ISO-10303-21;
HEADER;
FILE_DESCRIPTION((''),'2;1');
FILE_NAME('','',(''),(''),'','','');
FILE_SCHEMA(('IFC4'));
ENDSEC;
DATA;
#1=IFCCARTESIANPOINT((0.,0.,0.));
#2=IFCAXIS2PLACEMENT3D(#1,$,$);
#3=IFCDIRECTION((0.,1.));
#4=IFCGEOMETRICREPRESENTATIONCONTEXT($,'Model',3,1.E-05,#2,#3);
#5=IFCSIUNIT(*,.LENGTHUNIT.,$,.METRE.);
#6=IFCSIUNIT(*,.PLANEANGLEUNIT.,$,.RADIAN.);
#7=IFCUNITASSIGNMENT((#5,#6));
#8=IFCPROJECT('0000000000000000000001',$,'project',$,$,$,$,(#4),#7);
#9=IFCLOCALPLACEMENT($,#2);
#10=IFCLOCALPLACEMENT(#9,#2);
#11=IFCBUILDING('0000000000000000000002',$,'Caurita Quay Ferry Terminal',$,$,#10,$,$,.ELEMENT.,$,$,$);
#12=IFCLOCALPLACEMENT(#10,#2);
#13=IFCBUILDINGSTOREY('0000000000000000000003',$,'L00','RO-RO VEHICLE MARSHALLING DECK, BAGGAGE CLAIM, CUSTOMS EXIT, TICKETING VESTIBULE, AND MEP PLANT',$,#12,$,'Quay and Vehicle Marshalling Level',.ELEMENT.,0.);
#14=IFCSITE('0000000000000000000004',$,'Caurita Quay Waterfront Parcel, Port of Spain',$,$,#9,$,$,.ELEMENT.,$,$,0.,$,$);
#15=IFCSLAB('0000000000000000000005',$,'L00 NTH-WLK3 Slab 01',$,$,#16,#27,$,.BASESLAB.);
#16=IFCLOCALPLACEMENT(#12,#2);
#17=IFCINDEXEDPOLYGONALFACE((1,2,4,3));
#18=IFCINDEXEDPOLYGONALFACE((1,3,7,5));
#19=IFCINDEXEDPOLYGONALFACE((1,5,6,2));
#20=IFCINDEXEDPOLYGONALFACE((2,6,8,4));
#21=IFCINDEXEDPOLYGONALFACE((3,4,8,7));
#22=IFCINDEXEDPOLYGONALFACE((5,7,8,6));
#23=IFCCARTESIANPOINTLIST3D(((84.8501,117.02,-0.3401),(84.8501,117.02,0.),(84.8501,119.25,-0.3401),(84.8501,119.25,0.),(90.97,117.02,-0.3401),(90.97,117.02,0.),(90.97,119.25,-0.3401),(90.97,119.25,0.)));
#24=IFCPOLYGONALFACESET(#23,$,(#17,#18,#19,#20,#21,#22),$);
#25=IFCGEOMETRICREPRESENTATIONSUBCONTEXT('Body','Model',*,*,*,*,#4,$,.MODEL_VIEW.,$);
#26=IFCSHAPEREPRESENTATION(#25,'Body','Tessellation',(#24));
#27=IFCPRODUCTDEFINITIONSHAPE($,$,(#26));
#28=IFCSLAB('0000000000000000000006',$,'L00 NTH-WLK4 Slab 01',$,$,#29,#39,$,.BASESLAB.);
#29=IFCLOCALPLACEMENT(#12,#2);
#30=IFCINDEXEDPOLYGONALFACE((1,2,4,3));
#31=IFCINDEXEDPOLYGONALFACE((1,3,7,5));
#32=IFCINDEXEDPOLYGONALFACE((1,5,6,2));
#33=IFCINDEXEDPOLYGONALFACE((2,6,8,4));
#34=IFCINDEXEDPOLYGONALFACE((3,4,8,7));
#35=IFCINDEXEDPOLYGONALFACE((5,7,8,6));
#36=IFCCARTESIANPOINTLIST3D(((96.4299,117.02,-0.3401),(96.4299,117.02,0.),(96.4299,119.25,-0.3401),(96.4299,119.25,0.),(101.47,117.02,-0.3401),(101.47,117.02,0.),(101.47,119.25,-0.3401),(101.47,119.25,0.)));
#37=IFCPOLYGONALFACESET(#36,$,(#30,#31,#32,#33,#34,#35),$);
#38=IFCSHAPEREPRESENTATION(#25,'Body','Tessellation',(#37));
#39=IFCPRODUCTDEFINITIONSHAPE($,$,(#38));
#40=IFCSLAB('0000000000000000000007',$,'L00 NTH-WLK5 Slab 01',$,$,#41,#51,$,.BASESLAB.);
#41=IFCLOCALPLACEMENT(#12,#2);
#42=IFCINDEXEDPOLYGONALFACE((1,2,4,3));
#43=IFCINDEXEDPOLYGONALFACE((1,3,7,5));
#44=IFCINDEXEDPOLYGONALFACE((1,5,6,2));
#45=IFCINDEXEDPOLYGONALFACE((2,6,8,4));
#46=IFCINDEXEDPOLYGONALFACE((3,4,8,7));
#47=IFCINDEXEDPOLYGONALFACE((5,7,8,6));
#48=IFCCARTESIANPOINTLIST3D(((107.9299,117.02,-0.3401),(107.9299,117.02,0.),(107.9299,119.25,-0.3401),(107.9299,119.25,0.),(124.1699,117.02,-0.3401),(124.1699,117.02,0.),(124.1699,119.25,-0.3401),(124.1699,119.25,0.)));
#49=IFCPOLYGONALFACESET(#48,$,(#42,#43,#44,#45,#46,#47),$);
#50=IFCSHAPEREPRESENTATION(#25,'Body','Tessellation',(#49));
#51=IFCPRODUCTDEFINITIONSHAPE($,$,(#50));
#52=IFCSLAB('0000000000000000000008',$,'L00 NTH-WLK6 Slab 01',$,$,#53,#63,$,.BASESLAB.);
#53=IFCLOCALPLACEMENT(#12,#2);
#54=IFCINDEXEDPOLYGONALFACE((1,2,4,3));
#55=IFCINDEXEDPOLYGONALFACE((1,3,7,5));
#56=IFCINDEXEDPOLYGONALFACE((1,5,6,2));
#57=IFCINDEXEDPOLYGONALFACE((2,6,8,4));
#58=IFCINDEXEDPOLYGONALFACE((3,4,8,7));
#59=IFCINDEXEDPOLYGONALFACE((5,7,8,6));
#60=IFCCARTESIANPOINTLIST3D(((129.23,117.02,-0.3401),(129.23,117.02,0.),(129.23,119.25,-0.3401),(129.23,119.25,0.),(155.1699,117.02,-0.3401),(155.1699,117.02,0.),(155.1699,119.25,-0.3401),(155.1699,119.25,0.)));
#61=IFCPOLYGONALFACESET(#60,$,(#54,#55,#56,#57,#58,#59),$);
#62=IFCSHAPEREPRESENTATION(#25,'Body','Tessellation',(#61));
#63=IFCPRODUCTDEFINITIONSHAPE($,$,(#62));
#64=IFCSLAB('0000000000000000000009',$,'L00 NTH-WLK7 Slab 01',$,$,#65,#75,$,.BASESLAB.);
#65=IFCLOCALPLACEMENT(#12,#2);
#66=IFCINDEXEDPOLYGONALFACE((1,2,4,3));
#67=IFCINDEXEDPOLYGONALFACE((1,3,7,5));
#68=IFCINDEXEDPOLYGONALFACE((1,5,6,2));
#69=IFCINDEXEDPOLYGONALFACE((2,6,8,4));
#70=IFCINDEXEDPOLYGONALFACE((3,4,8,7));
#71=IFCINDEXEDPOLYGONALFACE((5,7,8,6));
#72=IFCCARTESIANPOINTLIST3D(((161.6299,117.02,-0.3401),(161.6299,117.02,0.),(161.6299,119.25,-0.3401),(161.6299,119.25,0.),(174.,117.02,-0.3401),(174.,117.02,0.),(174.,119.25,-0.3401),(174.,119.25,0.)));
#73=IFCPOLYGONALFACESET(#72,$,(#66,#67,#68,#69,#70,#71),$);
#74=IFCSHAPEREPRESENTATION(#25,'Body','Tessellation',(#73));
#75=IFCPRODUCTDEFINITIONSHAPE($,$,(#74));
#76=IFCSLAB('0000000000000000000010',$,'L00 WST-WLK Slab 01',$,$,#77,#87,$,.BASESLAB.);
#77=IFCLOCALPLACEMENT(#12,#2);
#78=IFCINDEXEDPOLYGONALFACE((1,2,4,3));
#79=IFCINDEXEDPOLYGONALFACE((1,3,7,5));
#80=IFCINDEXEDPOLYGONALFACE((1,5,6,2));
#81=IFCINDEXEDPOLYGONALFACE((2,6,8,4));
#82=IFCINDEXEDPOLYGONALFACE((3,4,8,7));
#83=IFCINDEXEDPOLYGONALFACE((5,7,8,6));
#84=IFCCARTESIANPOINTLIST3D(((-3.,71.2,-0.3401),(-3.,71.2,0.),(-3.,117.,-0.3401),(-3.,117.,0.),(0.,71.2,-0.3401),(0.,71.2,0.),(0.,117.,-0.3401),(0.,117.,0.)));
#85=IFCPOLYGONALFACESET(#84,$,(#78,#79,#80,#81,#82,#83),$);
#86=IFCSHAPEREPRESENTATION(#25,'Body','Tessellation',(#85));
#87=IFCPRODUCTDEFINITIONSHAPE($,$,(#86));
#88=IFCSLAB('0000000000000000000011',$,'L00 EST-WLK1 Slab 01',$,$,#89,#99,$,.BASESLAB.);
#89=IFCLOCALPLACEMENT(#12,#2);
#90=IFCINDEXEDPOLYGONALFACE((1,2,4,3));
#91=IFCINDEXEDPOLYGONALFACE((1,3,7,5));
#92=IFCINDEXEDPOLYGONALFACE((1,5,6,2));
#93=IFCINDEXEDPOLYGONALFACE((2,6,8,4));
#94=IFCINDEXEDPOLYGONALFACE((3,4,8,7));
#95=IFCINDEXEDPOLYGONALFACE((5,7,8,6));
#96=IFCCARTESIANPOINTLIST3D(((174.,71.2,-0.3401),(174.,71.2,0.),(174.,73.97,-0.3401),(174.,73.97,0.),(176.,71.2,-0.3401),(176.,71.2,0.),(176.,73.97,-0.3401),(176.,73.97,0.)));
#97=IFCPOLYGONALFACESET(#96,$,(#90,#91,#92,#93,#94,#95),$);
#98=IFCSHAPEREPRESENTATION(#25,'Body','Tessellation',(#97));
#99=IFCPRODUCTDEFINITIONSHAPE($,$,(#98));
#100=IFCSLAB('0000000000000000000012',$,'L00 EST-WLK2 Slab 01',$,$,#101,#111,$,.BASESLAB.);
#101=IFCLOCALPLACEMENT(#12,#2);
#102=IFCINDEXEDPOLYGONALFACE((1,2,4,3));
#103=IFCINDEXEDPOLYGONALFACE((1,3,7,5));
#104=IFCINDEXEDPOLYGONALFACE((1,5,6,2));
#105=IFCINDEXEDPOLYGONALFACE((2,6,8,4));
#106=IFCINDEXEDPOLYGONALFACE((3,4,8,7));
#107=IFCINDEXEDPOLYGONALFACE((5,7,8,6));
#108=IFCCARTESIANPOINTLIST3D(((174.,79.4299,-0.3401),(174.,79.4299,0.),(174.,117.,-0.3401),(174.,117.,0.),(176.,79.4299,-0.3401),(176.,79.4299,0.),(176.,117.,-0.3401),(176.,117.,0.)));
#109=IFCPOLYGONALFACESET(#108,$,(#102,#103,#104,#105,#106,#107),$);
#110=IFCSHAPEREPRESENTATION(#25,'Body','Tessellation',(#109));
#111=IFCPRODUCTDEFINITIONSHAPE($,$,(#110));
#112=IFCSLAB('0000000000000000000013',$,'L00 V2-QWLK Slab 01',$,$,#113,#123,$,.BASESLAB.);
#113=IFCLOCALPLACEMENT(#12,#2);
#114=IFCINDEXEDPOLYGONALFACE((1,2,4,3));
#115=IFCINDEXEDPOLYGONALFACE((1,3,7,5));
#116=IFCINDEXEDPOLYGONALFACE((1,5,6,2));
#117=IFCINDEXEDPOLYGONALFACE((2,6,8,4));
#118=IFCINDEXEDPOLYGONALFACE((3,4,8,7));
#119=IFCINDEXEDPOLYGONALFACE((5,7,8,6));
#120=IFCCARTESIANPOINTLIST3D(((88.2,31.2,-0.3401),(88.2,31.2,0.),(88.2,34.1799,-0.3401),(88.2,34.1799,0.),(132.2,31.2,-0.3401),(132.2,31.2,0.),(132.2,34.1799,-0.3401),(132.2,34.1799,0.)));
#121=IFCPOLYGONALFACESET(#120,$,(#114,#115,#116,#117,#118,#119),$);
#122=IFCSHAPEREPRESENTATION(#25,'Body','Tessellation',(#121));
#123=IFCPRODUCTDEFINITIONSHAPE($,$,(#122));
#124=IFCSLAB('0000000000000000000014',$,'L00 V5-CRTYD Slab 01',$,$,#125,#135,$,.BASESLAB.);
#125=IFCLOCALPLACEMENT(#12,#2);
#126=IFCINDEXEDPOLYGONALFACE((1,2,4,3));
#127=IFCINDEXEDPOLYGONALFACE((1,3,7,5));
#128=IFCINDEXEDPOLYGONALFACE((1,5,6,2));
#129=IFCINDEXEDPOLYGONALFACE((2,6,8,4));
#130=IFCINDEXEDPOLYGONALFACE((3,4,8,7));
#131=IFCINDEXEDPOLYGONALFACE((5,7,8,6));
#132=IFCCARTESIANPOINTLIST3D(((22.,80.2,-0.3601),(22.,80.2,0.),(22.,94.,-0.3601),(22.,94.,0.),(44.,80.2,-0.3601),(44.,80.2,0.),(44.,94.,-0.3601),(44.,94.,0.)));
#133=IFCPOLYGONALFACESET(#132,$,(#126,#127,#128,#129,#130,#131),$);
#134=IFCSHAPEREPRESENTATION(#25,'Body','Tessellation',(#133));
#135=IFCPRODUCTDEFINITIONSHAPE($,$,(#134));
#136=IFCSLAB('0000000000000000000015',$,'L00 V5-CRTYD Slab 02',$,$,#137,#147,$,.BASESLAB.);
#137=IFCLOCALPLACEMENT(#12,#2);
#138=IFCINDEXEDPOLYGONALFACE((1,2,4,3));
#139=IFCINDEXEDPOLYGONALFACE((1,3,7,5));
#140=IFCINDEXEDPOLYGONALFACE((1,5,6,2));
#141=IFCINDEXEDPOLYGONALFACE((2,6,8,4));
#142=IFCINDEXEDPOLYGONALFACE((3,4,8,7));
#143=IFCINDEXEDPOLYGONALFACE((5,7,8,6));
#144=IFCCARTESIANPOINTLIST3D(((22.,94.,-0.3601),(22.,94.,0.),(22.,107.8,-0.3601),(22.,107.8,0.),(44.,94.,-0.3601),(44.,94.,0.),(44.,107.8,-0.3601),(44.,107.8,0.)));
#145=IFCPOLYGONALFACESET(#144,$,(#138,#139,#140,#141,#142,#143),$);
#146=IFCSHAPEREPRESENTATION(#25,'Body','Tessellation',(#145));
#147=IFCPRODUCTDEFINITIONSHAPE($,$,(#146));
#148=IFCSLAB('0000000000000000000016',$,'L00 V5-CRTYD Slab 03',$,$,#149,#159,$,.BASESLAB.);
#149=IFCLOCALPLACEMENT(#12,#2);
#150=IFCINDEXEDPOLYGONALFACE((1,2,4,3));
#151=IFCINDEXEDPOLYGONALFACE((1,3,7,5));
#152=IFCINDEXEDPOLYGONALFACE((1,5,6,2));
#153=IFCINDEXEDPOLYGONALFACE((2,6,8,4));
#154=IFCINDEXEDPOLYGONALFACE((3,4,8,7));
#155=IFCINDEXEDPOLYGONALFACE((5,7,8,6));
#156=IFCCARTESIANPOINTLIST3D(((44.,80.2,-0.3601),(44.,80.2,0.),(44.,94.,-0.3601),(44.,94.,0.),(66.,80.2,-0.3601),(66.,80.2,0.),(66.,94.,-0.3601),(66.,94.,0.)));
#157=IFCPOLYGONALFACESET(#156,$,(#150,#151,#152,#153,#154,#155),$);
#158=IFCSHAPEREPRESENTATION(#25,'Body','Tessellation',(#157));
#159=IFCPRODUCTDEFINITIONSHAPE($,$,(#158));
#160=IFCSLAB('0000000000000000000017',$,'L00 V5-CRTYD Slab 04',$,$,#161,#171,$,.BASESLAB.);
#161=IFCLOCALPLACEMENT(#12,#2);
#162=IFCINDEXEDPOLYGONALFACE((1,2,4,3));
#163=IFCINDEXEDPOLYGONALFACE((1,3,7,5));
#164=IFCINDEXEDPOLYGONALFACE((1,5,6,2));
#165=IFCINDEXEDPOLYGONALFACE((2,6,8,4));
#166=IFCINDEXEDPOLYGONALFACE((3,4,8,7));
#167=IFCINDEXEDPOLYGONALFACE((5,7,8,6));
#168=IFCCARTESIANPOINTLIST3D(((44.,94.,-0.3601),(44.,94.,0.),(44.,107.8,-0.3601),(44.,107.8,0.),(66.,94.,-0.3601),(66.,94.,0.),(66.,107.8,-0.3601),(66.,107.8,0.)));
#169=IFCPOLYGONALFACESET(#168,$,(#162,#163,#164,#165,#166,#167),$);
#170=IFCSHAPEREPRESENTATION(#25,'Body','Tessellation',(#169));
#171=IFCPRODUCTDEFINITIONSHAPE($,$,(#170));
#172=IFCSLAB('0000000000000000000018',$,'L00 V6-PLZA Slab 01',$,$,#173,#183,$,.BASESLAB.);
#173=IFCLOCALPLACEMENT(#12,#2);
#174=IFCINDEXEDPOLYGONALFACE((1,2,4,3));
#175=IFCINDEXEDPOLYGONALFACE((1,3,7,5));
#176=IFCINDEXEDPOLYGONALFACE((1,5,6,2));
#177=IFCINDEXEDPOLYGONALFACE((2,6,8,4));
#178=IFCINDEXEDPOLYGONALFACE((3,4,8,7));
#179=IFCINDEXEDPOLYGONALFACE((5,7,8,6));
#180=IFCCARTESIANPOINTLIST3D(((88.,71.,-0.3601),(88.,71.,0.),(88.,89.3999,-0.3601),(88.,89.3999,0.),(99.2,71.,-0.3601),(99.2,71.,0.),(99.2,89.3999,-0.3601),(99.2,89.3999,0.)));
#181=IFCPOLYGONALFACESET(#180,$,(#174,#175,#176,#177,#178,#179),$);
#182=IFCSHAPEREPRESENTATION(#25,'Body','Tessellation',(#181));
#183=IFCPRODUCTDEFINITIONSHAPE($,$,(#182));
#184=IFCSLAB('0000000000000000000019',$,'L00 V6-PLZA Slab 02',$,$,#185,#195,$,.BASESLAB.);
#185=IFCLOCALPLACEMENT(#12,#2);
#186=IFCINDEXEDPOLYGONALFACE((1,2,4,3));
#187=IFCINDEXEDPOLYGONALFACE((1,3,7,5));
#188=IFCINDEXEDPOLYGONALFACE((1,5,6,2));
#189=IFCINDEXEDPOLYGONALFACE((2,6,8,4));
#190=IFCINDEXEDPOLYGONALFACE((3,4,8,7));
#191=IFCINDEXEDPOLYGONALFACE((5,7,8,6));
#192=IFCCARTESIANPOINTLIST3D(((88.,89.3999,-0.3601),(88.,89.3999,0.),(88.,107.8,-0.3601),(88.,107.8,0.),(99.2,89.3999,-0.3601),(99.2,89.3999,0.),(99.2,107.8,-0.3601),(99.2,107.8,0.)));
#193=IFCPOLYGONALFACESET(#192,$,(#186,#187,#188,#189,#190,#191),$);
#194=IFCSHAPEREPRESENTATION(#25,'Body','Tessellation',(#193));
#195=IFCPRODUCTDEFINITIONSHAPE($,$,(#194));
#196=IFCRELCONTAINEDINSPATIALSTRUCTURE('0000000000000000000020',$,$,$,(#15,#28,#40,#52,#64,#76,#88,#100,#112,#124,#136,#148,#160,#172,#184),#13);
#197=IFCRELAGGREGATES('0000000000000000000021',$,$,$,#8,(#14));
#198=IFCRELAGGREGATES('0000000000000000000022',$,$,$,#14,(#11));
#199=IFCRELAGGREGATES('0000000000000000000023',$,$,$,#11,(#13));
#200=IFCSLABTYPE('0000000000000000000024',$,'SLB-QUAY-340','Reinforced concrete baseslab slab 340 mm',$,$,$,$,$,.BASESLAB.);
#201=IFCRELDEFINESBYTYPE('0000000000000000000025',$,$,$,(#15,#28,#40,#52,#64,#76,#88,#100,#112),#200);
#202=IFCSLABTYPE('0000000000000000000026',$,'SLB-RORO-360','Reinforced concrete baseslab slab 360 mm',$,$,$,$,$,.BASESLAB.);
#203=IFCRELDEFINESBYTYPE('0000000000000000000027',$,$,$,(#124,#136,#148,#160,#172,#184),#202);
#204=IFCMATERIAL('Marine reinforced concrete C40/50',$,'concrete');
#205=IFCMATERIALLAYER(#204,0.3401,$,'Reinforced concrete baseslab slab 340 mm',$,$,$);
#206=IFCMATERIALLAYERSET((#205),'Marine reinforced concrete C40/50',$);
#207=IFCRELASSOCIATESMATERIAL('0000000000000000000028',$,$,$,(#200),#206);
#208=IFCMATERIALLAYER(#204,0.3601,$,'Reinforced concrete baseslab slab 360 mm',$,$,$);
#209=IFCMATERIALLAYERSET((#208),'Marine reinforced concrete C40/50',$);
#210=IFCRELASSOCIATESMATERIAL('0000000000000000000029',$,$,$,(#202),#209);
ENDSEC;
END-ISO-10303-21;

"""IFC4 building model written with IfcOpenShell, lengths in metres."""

from ifc_helpers import new_model, si_unit, direction, frame, origin, place, context, subcontext, project, spatial, polyline, outline, extrude, material, layer, layer_set, type_object, element, save


model = new_model("IFC4")

# Units and contexts
model_context = context("Model", 3, precision=1e-05, world=origin(), true_north=direction((0.0, 1.0)))
body_context = subcontext(model_context, "Body", "Model", "MODEL_VIEW")
ifc_project = project(units=[si_unit("LENGTHUNIT", "METRE"), si_unit("PLANEANGLEUNIT", "RADIAN")], contexts=[model_context])

# Site, building, storey
site_placement = place(None, origin())
site = spatial("IfcSite", under=ifc_project, at=site_placement, Name="Caurita Quay Waterfront Parcel, Port of Spain", CompositionType="ELEMENT", RefElevation=0.0)
building_placement = place(site_placement, origin())
building = spatial("IfcBuilding", under=site, at=building_placement, Name="Caurita Quay Ferry Terminal", CompositionType="ELEMENT")
storey_placement = place(building_placement, origin())
storey = spatial("IfcBuildingStorey", under=building, at=storey_placement, Name="L00", Description="RO-RO VEHICLE MARSHALLING DECK, BAGGAGE CLAIM, CUSTOMS EXIT, TICKETING VESTIBULE, AND MEP PLANT", LongName="Quay and Vehicle Marshalling Level", CompositionType="ELEMENT", Elevation=0.0)

# Slabs
ifc_material_1 = material(Name="Marine reinforced concrete C40/50", Category="concrete")
ifc_layer_1 = layer(ifc_material_1, 0.3401, Name="Reinforced concrete baseslab slab 340 mm")
ifc_layer_set_1 = layer_set([ifc_layer_1], Name="Marine reinforced concrete C40/50")
slab_type_1 = type_object("IfcSlabType", Name="SLB-QUAY-340", Description="Reinforced concrete baseslab slab 340 mm", PredefinedType="BASESLAB", material=ifc_layer_set_1)
slab_1_placement = place(storey_placement, frame((0.0, 0.0, -0.3401)))
element("IfcSlab", 1, at=slab_1_placement, inside=storey, type_object=slab_type_1, Name="L00 NTH-WLK3 Slab 01", PredefinedType="BASESLAB", context=body_context, shape_type="SweptSolid", body=[
    extrude(outline(polyline([(84.8501, 117.02), (90.97, 117.02), (90.97, 119.25), (84.8501, 119.25), (84.8501, 117.02)])), origin(), (0.0, 0.0, 1.0), 0.3401),
])
slab_2_placement = place(storey_placement, frame((0.0, 0.0, -0.3401)))
element("IfcSlab", 2, at=slab_2_placement, inside=storey, type_object=slab_type_1, Name="L00 NTH-WLK4 Slab 01", PredefinedType="BASESLAB", context=body_context, shape_type="SweptSolid", body=[
    extrude(outline(polyline([(96.4299, 117.02), (101.47, 117.02), (101.47, 119.25), (96.4299, 119.25), (96.4299, 117.02)])), origin(), (0.0, 0.0, 1.0), 0.3401),
])
slab_3_placement = place(storey_placement, frame((0.0, 0.0, -0.3401)))
element("IfcSlab", 3, at=slab_3_placement, inside=storey, type_object=slab_type_1, Name="L00 NTH-WLK5 Slab 01", PredefinedType="BASESLAB", context=body_context, shape_type="SweptSolid", body=[
    extrude(outline(polyline([(107.9299, 117.02), (124.1699, 117.02), (124.1699, 119.25), (107.9299, 119.25), (107.9299, 117.02)])), origin(), (0.0, 0.0, 1.0), 0.3401),
])
slab_4_placement = place(storey_placement, frame((0.0, 0.0, -0.3401)))
element("IfcSlab", 4, at=slab_4_placement, inside=storey, type_object=slab_type_1, Name="L00 NTH-WLK6 Slab 01", PredefinedType="BASESLAB", context=body_context, shape_type="SweptSolid", body=[
    extrude(outline(polyline([(129.23, 117.02), (155.1699, 117.02), (155.1699, 119.25), (129.23, 119.25), (129.23, 117.02)])), origin(), (0.0, 0.0, 1.0), 0.3401),
])
slab_5_placement = place(storey_placement, frame((0.0, 0.0, -0.3401)))
element("IfcSlab", 5, at=slab_5_placement, inside=storey, type_object=slab_type_1, Name="L00 NTH-WLK7 Slab 01", PredefinedType="BASESLAB", context=body_context, shape_type="SweptSolid", body=[
    extrude(outline(polyline([(161.6299, 117.02), (174.0, 117.02), (174.0, 119.25), (161.6299, 119.25), (161.6299, 117.02)])), origin(), (0.0, 0.0, 1.0), 0.3401),
])
slab_6_placement = place(storey_placement, frame((0.0, 0.0, -0.3401)))
element("IfcSlab", 6, at=slab_6_placement, inside=storey, type_object=slab_type_1, Name="L00 WST-WLK Slab 01", PredefinedType="BASESLAB", context=body_context, shape_type="SweptSolid", body=[
    extrude(outline(polyline([(-3.0, 71.2), (0.0, 71.2), (0.0, 117.0), (-3.0, 117.0), (-3.0, 71.2)])), origin(), (0.0, 0.0, 1.0), 0.3401),
])
slab_7_placement = place(storey_placement, frame((0.0, 0.0, -0.3401)))
element("IfcSlab", 7, at=slab_7_placement, inside=storey, type_object=slab_type_1, Name="L00 EST-WLK1 Slab 01", PredefinedType="BASESLAB", context=body_context, shape_type="SweptSolid", body=[
    extrude(outline(polyline([(174.0, 71.2), (176.0, 71.2), (176.0, 73.97), (174.0, 73.97), (174.0, 71.2)])), origin(), (0.0, 0.0, 1.0), 0.3401),
])
slab_8_placement = place(storey_placement, frame((0.0, 0.0, -0.3401)))
element("IfcSlab", 8, at=slab_8_placement, inside=storey, type_object=slab_type_1, Name="L00 EST-WLK2 Slab 01", PredefinedType="BASESLAB", context=body_context, shape_type="SweptSolid", body=[
    extrude(outline(polyline([(174.0, 79.4299), (176.0, 79.4299), (176.0, 117.0), (174.0, 117.0), (174.0, 79.4299)])), origin(), (0.0, 0.0, 1.0), 0.3401),
])
slab_9_placement = place(storey_placement, frame((0.0, 0.0, -0.3401)))
element("IfcSlab", 9, at=slab_9_placement, inside=storey, type_object=slab_type_1, Name="L00 V2-QWLK Slab 01", PredefinedType="BASESLAB", context=body_context, shape_type="SweptSolid", body=[
    extrude(outline(polyline([(88.2, 31.2), (132.2, 31.2), (132.2, 34.1799), (88.2, 34.1799), (88.2, 31.2)])), origin(), (0.0, 0.0, 1.0), 0.3401),
])
ifc_layer_2 = layer(ifc_material_1, 0.3601, Name="Reinforced concrete baseslab slab 360 mm")
ifc_layer_set_2 = layer_set([ifc_layer_2], Name="Marine reinforced concrete C40/50")
slab_type_2 = type_object("IfcSlabType", Name="SLB-RORO-360", Description="Reinforced concrete baseslab slab 360 mm", PredefinedType="BASESLAB", material=ifc_layer_set_2)
slab_10_placement = place(storey_placement, frame((0.0, 0.0, -0.3601)))
element("IfcSlab", 10, at=slab_10_placement, inside=storey, type_object=slab_type_2, Name="L00 V5-CRTYD Slab 01", PredefinedType="BASESLAB", context=body_context, shape_type="SweptSolid", body=[
    extrude(outline(polyline([(22.0, 80.2), (44.0, 80.2), (44.0, 94.0), (22.0, 94.0), (22.0, 80.2)])), origin(), (0.0, 0.0, 1.0), 0.3601),
])
slab_11_placement = place(storey_placement, frame((0.0, 0.0, -0.3601)))
element("IfcSlab", 11, at=slab_11_placement, inside=storey, type_object=slab_type_2, Name="L00 V5-CRTYD Slab 02", PredefinedType="BASESLAB", context=body_context, shape_type="SweptSolid", body=[
    extrude(outline(polyline([(22.0, 94.0), (44.0, 94.0), (44.0, 107.8), (22.0, 107.8), (22.0, 94.0)])), origin(), (0.0, 0.0, 1.0), 0.3601),
])
slab_12_placement = place(storey_placement, frame((0.0, 0.0, -0.3601)))
element("IfcSlab", 12, at=slab_12_placement, inside=storey, type_object=slab_type_2, Name="L00 V5-CRTYD Slab 03", PredefinedType="BASESLAB", context=body_context, shape_type="SweptSolid", body=[
    extrude(outline(polyline([(44.0, 80.2), (66.0, 80.2), (66.0, 94.0), (44.0, 94.0), (44.0, 80.2)])), origin(), (0.0, 0.0, 1.0), 0.3601),
])
slab_13_placement = place(storey_placement, frame((0.0, 0.0, -0.3601)))
element("IfcSlab", 13, at=slab_13_placement, inside=storey, type_object=slab_type_2, Name="L00 V5-CRTYD Slab 04", PredefinedType="BASESLAB", context=body_context, shape_type="SweptSolid", body=[
    extrude(outline(polyline([(44.0, 94.0), (66.0, 94.0), (66.0, 107.8), (44.0, 107.8), (44.0, 94.0)])), origin(), (0.0, 0.0, 1.0), 0.3601),
])
slab_14_placement = place(storey_placement, frame((0.0, 0.0, -0.3601)))
element("IfcSlab", 14, at=slab_14_placement, inside=storey, type_object=slab_type_2, Name="L00 V6-PLZA Slab 01", PredefinedType="BASESLAB", context=body_context, shape_type="SweptSolid", body=[
    extrude(outline(polyline([(88.0, 71.0), (99.2, 71.0), (99.2, 89.3999), (88.0, 89.3999), (88.0, 71.0)])), origin(), (0.0, 0.0, 1.0), 0.3601),
])
slab_15_placement = place(storey_placement, frame((0.0, 0.0, -0.3601)))
element("IfcSlab", 15, at=slab_15_placement, inside=storey, type_object=slab_type_2, Name="L00 V6-PLZA Slab 02", PredefinedType="BASESLAB", context=body_context, shape_type="SweptSolid", body=[
    extrude(outline(polyline([(88.0, 89.3999), (99.2, 89.3999), (99.2, 107.8), (88.0, 107.8), (88.0, 89.3999)])), origin(), (0.0, 0.0, 1.0), 0.3601),
])

save(model, "model.ifc")
